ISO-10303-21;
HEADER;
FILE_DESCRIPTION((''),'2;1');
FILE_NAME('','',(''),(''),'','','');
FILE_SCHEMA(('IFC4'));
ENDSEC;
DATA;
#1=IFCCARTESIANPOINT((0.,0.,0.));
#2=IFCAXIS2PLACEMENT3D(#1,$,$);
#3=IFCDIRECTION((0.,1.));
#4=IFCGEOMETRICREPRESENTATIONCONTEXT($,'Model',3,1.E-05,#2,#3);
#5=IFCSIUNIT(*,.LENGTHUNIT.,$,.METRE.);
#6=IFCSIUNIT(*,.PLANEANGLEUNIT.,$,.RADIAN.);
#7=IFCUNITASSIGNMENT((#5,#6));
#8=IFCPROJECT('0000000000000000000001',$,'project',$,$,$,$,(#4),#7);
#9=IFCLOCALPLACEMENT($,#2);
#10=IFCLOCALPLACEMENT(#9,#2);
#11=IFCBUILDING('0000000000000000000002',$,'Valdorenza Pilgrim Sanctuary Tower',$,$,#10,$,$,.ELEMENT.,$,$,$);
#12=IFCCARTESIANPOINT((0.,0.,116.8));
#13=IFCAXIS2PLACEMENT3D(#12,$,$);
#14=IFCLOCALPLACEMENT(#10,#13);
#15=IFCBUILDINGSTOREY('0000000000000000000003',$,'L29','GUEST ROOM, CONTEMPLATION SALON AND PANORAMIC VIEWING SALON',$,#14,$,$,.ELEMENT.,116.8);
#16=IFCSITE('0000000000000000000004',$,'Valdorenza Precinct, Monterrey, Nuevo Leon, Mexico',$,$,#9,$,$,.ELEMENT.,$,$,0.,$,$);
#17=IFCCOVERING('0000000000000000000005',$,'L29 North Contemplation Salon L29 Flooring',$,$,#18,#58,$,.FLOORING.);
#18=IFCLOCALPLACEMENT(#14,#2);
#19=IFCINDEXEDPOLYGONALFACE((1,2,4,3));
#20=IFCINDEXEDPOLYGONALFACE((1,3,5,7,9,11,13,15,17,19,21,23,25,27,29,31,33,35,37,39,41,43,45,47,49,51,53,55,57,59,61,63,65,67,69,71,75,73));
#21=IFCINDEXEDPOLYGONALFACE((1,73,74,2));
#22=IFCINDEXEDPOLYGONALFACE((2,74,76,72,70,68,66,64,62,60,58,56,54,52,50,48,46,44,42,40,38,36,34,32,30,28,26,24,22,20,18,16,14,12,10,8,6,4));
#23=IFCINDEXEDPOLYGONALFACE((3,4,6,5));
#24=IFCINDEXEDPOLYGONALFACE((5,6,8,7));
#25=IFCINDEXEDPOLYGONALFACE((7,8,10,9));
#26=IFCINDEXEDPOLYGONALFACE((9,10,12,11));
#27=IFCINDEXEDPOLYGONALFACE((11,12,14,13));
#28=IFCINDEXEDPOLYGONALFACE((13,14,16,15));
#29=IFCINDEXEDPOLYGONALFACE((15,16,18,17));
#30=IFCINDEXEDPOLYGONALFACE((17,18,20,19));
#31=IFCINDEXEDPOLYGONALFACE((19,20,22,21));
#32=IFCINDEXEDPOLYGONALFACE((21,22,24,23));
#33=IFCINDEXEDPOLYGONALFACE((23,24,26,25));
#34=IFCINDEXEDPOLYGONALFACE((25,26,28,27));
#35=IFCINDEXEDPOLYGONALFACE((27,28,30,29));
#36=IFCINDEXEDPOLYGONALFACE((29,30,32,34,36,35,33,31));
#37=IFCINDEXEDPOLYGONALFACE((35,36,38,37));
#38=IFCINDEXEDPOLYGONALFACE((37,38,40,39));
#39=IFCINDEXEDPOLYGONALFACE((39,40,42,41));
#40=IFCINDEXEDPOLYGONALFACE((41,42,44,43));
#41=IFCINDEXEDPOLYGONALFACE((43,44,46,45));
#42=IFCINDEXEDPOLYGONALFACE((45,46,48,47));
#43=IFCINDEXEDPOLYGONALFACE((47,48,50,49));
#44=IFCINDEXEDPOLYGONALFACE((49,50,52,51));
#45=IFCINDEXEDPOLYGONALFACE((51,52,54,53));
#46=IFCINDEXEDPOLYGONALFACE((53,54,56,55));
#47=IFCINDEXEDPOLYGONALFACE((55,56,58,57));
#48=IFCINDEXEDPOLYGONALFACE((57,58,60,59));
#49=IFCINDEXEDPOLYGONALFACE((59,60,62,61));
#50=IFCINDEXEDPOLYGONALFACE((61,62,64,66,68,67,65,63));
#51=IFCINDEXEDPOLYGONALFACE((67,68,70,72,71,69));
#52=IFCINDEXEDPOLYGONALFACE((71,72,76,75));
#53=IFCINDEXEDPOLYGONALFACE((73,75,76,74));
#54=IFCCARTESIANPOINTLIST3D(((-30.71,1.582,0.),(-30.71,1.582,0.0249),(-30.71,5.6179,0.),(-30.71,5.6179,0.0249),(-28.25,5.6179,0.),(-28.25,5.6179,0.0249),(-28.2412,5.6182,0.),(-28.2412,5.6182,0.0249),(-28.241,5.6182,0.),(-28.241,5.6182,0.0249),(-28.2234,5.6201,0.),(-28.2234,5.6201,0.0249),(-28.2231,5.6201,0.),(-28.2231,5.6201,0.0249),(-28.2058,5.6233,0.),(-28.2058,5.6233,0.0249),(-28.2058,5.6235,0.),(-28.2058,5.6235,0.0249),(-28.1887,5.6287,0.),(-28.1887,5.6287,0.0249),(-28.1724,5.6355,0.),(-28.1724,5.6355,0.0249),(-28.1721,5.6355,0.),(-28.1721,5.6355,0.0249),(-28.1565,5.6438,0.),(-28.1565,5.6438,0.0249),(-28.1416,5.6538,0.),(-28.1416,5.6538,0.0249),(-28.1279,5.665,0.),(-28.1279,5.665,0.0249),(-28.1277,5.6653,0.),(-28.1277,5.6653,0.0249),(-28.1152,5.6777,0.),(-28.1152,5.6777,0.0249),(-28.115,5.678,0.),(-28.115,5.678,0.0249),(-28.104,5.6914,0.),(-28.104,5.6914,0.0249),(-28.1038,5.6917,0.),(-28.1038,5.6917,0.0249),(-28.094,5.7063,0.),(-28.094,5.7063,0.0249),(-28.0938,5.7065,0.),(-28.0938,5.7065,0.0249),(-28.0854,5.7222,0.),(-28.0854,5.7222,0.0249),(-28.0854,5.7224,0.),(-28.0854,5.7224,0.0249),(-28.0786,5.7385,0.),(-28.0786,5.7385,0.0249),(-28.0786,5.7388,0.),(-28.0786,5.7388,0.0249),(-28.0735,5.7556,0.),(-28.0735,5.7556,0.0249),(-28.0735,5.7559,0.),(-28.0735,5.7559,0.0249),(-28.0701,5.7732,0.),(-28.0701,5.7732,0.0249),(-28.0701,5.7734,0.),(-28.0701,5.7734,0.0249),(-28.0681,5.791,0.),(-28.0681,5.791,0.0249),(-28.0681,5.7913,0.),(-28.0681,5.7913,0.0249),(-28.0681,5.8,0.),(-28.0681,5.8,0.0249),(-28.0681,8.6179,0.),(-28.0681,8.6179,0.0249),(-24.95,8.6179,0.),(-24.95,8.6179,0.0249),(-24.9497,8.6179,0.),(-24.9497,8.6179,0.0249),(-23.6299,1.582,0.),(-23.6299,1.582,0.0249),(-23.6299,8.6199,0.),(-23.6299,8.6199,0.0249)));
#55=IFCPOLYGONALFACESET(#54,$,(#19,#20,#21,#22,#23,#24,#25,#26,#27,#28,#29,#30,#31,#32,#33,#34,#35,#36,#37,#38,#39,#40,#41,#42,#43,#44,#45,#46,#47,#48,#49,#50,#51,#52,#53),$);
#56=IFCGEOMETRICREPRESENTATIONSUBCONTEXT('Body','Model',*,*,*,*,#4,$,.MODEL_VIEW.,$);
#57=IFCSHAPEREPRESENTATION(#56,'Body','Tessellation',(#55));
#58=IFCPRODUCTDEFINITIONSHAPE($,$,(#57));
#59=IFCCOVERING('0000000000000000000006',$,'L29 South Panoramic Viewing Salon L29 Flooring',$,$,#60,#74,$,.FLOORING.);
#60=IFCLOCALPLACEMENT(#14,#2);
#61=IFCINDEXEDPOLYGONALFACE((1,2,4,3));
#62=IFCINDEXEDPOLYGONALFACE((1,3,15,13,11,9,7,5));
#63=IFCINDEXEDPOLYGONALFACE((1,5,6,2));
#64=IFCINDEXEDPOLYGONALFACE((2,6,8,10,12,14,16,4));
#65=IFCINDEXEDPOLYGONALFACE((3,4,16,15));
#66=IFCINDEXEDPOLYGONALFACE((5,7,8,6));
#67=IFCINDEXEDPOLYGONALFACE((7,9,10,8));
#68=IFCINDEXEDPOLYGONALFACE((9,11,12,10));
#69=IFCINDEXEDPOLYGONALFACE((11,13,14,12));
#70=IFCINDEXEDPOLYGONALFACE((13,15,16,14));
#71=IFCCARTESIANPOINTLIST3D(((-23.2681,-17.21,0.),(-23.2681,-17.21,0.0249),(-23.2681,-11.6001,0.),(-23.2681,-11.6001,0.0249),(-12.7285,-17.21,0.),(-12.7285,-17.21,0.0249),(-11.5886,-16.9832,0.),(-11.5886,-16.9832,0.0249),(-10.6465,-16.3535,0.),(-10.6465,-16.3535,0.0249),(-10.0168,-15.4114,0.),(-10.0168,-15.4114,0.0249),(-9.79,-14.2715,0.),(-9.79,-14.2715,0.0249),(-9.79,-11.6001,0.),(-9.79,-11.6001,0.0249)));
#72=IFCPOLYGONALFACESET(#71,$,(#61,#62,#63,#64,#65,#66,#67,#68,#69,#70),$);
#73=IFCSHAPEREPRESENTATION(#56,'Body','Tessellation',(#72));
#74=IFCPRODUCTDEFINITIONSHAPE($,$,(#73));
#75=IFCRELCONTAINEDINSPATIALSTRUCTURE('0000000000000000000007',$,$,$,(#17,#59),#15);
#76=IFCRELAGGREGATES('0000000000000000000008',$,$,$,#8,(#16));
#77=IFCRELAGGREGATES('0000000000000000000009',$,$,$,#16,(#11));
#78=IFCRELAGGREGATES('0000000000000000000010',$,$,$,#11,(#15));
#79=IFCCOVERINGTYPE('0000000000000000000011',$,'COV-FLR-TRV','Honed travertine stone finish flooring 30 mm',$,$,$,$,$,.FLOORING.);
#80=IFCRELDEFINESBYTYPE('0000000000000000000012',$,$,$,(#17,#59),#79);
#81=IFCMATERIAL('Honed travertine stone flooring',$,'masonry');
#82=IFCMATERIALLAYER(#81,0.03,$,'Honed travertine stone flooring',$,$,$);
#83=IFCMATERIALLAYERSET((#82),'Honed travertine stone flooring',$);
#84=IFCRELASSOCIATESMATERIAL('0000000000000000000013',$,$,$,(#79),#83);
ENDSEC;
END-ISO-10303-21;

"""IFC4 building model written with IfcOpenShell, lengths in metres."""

from ifc_helpers import new_model, si_unit, direction, frame, origin, place, context, subcontext, project, spatial, polyline, outline, extrude, material, layer, layer_set, type_object, element, save


model = new_model("IFC4")

# Units and contexts
model_context = context("Model", 3, precision=1e-05, world=origin(), true_north=direction((0.0, 1.0)))
body_context = subcontext(model_context, "Body", "Model", "MODEL_VIEW")
ifc_project = project(units=[si_unit("LENGTHUNIT", "METRE"), si_unit("PLANEANGLEUNIT", "RADIAN")], contexts=[model_context])

# Site, building, storey
site_placement = place(None, origin())
site = spatial("IfcSite", under=ifc_project, at=site_placement, Name="Valdorenza Precinct, Monterrey, Nuevo Leon, Mexico", CompositionType="ELEMENT", RefElevation=0.0)
building_placement = place(site_placement, origin())
building = spatial("IfcBuilding", under=site, at=building_placement, Name="Valdorenza Pilgrim Sanctuary Tower", CompositionType="ELEMENT")
storey_placement = place(building_placement, frame((0.0, 0.0, 116.8)))
storey = spatial("IfcBuildingStorey", under=building, at=storey_placement, Name="L29", Description="GUEST ROOM, CONTEMPLATION SALON AND PANORAMIC VIEWING SALON", CompositionType="ELEMENT", Elevation=116.8)

# Coverings
ifc_material_1 = material(Name="Honed travertine stone flooring", Category="masonry")
ifc_layer_1 = layer(ifc_material_1, 0.03, Name="Honed travertine stone flooring")
ifc_layer_set_1 = layer_set([ifc_layer_1], Name="Honed travertine stone flooring")
covering_type_1 = type_object("IfcCoveringType", Name="COV-FLR-TRV", Description="Honed travertine stone finish flooring 30 mm", PredefinedType="FLOORING", material=ifc_layer_set_1)
covering_1_placement = place(storey_placement, origin())
element("IfcCovering", 1, at=covering_1_placement, inside=storey, type_object=covering_type_1, Name="L29 North Contemplation Salon L29 Flooring", PredefinedType="FLOORING", context=body_context, shape_type="SweptSolid", body=[
    extrude(outline(polyline([(-23.6299, 8.6199), (-23.6299, 1.582), (-30.71, 1.582), (-30.71, 5.6179), (-28.25, 5.6179), (-28.2412, 5.6182), (-28.241, 5.6182), (-28.2234, 5.6201), (-28.2231, 5.6201), (-28.2058, 5.6233), (-28.2058, 5.6235), (-28.1887, 5.6287), (-28.1887, 5.6287), (-28.1724, 5.6355), (-28.1721, 5.6355), (-28.1565, 5.6438), (-28.1565, 5.6438), (-28.1416, 5.6538), (-28.1416, 5.6538), (-28.1279, 5.665), (-28.1277, 5.6653), (-28.1152, 5.6777), (-28.115, 5.678), (-28.104, 5.6914), (-28.1038, 5.6917), (-28.094, 5.7063), (-28.0938, 5.7065), (-28.0854, 5.7222), (-28.0854, 5.7224), (-28.0786, 5.7385), (-28.0786, 5.7388), (-28.0735, 5.7556), (-28.0735, 5.7559), (-28.0701, 5.7732), (-28.0701, 5.7734), (-28.0681, 5.791), (-28.0681, 5.7913), (-28.0681, 5.8), (-28.0681, 8.6179), (-24.95, 8.6179), (-24.9497, 8.6179), (-23.6299, 8.6199)])), origin(), (0.0, 0.0, 1.0), 0.0249),
])
covering_2_placement = place(storey_placement, origin())
element("IfcCovering", 2, at=covering_2_placement, inside=storey, type_object=covering_type_1, Name="L29 South Panoramic Viewing Salon L29 Flooring", PredefinedType="FLOORING", context=body_context, shape_type="SweptSolid", body=[
    extrude(outline(polyline([(-9.79, -11.6001), (-9.79, -14.2715), (-10.0168, -15.4114), (-10.6465, -16.3535), (-11.5886, -16.9832), (-12.7285, -17.21), (-23.2681, -17.21), (-23.2681, -11.6001), (-9.79, -11.6001)])), origin(), (0.0, 0.0, 1.0), 0.0249),
])

save(model, "model.ifc")
